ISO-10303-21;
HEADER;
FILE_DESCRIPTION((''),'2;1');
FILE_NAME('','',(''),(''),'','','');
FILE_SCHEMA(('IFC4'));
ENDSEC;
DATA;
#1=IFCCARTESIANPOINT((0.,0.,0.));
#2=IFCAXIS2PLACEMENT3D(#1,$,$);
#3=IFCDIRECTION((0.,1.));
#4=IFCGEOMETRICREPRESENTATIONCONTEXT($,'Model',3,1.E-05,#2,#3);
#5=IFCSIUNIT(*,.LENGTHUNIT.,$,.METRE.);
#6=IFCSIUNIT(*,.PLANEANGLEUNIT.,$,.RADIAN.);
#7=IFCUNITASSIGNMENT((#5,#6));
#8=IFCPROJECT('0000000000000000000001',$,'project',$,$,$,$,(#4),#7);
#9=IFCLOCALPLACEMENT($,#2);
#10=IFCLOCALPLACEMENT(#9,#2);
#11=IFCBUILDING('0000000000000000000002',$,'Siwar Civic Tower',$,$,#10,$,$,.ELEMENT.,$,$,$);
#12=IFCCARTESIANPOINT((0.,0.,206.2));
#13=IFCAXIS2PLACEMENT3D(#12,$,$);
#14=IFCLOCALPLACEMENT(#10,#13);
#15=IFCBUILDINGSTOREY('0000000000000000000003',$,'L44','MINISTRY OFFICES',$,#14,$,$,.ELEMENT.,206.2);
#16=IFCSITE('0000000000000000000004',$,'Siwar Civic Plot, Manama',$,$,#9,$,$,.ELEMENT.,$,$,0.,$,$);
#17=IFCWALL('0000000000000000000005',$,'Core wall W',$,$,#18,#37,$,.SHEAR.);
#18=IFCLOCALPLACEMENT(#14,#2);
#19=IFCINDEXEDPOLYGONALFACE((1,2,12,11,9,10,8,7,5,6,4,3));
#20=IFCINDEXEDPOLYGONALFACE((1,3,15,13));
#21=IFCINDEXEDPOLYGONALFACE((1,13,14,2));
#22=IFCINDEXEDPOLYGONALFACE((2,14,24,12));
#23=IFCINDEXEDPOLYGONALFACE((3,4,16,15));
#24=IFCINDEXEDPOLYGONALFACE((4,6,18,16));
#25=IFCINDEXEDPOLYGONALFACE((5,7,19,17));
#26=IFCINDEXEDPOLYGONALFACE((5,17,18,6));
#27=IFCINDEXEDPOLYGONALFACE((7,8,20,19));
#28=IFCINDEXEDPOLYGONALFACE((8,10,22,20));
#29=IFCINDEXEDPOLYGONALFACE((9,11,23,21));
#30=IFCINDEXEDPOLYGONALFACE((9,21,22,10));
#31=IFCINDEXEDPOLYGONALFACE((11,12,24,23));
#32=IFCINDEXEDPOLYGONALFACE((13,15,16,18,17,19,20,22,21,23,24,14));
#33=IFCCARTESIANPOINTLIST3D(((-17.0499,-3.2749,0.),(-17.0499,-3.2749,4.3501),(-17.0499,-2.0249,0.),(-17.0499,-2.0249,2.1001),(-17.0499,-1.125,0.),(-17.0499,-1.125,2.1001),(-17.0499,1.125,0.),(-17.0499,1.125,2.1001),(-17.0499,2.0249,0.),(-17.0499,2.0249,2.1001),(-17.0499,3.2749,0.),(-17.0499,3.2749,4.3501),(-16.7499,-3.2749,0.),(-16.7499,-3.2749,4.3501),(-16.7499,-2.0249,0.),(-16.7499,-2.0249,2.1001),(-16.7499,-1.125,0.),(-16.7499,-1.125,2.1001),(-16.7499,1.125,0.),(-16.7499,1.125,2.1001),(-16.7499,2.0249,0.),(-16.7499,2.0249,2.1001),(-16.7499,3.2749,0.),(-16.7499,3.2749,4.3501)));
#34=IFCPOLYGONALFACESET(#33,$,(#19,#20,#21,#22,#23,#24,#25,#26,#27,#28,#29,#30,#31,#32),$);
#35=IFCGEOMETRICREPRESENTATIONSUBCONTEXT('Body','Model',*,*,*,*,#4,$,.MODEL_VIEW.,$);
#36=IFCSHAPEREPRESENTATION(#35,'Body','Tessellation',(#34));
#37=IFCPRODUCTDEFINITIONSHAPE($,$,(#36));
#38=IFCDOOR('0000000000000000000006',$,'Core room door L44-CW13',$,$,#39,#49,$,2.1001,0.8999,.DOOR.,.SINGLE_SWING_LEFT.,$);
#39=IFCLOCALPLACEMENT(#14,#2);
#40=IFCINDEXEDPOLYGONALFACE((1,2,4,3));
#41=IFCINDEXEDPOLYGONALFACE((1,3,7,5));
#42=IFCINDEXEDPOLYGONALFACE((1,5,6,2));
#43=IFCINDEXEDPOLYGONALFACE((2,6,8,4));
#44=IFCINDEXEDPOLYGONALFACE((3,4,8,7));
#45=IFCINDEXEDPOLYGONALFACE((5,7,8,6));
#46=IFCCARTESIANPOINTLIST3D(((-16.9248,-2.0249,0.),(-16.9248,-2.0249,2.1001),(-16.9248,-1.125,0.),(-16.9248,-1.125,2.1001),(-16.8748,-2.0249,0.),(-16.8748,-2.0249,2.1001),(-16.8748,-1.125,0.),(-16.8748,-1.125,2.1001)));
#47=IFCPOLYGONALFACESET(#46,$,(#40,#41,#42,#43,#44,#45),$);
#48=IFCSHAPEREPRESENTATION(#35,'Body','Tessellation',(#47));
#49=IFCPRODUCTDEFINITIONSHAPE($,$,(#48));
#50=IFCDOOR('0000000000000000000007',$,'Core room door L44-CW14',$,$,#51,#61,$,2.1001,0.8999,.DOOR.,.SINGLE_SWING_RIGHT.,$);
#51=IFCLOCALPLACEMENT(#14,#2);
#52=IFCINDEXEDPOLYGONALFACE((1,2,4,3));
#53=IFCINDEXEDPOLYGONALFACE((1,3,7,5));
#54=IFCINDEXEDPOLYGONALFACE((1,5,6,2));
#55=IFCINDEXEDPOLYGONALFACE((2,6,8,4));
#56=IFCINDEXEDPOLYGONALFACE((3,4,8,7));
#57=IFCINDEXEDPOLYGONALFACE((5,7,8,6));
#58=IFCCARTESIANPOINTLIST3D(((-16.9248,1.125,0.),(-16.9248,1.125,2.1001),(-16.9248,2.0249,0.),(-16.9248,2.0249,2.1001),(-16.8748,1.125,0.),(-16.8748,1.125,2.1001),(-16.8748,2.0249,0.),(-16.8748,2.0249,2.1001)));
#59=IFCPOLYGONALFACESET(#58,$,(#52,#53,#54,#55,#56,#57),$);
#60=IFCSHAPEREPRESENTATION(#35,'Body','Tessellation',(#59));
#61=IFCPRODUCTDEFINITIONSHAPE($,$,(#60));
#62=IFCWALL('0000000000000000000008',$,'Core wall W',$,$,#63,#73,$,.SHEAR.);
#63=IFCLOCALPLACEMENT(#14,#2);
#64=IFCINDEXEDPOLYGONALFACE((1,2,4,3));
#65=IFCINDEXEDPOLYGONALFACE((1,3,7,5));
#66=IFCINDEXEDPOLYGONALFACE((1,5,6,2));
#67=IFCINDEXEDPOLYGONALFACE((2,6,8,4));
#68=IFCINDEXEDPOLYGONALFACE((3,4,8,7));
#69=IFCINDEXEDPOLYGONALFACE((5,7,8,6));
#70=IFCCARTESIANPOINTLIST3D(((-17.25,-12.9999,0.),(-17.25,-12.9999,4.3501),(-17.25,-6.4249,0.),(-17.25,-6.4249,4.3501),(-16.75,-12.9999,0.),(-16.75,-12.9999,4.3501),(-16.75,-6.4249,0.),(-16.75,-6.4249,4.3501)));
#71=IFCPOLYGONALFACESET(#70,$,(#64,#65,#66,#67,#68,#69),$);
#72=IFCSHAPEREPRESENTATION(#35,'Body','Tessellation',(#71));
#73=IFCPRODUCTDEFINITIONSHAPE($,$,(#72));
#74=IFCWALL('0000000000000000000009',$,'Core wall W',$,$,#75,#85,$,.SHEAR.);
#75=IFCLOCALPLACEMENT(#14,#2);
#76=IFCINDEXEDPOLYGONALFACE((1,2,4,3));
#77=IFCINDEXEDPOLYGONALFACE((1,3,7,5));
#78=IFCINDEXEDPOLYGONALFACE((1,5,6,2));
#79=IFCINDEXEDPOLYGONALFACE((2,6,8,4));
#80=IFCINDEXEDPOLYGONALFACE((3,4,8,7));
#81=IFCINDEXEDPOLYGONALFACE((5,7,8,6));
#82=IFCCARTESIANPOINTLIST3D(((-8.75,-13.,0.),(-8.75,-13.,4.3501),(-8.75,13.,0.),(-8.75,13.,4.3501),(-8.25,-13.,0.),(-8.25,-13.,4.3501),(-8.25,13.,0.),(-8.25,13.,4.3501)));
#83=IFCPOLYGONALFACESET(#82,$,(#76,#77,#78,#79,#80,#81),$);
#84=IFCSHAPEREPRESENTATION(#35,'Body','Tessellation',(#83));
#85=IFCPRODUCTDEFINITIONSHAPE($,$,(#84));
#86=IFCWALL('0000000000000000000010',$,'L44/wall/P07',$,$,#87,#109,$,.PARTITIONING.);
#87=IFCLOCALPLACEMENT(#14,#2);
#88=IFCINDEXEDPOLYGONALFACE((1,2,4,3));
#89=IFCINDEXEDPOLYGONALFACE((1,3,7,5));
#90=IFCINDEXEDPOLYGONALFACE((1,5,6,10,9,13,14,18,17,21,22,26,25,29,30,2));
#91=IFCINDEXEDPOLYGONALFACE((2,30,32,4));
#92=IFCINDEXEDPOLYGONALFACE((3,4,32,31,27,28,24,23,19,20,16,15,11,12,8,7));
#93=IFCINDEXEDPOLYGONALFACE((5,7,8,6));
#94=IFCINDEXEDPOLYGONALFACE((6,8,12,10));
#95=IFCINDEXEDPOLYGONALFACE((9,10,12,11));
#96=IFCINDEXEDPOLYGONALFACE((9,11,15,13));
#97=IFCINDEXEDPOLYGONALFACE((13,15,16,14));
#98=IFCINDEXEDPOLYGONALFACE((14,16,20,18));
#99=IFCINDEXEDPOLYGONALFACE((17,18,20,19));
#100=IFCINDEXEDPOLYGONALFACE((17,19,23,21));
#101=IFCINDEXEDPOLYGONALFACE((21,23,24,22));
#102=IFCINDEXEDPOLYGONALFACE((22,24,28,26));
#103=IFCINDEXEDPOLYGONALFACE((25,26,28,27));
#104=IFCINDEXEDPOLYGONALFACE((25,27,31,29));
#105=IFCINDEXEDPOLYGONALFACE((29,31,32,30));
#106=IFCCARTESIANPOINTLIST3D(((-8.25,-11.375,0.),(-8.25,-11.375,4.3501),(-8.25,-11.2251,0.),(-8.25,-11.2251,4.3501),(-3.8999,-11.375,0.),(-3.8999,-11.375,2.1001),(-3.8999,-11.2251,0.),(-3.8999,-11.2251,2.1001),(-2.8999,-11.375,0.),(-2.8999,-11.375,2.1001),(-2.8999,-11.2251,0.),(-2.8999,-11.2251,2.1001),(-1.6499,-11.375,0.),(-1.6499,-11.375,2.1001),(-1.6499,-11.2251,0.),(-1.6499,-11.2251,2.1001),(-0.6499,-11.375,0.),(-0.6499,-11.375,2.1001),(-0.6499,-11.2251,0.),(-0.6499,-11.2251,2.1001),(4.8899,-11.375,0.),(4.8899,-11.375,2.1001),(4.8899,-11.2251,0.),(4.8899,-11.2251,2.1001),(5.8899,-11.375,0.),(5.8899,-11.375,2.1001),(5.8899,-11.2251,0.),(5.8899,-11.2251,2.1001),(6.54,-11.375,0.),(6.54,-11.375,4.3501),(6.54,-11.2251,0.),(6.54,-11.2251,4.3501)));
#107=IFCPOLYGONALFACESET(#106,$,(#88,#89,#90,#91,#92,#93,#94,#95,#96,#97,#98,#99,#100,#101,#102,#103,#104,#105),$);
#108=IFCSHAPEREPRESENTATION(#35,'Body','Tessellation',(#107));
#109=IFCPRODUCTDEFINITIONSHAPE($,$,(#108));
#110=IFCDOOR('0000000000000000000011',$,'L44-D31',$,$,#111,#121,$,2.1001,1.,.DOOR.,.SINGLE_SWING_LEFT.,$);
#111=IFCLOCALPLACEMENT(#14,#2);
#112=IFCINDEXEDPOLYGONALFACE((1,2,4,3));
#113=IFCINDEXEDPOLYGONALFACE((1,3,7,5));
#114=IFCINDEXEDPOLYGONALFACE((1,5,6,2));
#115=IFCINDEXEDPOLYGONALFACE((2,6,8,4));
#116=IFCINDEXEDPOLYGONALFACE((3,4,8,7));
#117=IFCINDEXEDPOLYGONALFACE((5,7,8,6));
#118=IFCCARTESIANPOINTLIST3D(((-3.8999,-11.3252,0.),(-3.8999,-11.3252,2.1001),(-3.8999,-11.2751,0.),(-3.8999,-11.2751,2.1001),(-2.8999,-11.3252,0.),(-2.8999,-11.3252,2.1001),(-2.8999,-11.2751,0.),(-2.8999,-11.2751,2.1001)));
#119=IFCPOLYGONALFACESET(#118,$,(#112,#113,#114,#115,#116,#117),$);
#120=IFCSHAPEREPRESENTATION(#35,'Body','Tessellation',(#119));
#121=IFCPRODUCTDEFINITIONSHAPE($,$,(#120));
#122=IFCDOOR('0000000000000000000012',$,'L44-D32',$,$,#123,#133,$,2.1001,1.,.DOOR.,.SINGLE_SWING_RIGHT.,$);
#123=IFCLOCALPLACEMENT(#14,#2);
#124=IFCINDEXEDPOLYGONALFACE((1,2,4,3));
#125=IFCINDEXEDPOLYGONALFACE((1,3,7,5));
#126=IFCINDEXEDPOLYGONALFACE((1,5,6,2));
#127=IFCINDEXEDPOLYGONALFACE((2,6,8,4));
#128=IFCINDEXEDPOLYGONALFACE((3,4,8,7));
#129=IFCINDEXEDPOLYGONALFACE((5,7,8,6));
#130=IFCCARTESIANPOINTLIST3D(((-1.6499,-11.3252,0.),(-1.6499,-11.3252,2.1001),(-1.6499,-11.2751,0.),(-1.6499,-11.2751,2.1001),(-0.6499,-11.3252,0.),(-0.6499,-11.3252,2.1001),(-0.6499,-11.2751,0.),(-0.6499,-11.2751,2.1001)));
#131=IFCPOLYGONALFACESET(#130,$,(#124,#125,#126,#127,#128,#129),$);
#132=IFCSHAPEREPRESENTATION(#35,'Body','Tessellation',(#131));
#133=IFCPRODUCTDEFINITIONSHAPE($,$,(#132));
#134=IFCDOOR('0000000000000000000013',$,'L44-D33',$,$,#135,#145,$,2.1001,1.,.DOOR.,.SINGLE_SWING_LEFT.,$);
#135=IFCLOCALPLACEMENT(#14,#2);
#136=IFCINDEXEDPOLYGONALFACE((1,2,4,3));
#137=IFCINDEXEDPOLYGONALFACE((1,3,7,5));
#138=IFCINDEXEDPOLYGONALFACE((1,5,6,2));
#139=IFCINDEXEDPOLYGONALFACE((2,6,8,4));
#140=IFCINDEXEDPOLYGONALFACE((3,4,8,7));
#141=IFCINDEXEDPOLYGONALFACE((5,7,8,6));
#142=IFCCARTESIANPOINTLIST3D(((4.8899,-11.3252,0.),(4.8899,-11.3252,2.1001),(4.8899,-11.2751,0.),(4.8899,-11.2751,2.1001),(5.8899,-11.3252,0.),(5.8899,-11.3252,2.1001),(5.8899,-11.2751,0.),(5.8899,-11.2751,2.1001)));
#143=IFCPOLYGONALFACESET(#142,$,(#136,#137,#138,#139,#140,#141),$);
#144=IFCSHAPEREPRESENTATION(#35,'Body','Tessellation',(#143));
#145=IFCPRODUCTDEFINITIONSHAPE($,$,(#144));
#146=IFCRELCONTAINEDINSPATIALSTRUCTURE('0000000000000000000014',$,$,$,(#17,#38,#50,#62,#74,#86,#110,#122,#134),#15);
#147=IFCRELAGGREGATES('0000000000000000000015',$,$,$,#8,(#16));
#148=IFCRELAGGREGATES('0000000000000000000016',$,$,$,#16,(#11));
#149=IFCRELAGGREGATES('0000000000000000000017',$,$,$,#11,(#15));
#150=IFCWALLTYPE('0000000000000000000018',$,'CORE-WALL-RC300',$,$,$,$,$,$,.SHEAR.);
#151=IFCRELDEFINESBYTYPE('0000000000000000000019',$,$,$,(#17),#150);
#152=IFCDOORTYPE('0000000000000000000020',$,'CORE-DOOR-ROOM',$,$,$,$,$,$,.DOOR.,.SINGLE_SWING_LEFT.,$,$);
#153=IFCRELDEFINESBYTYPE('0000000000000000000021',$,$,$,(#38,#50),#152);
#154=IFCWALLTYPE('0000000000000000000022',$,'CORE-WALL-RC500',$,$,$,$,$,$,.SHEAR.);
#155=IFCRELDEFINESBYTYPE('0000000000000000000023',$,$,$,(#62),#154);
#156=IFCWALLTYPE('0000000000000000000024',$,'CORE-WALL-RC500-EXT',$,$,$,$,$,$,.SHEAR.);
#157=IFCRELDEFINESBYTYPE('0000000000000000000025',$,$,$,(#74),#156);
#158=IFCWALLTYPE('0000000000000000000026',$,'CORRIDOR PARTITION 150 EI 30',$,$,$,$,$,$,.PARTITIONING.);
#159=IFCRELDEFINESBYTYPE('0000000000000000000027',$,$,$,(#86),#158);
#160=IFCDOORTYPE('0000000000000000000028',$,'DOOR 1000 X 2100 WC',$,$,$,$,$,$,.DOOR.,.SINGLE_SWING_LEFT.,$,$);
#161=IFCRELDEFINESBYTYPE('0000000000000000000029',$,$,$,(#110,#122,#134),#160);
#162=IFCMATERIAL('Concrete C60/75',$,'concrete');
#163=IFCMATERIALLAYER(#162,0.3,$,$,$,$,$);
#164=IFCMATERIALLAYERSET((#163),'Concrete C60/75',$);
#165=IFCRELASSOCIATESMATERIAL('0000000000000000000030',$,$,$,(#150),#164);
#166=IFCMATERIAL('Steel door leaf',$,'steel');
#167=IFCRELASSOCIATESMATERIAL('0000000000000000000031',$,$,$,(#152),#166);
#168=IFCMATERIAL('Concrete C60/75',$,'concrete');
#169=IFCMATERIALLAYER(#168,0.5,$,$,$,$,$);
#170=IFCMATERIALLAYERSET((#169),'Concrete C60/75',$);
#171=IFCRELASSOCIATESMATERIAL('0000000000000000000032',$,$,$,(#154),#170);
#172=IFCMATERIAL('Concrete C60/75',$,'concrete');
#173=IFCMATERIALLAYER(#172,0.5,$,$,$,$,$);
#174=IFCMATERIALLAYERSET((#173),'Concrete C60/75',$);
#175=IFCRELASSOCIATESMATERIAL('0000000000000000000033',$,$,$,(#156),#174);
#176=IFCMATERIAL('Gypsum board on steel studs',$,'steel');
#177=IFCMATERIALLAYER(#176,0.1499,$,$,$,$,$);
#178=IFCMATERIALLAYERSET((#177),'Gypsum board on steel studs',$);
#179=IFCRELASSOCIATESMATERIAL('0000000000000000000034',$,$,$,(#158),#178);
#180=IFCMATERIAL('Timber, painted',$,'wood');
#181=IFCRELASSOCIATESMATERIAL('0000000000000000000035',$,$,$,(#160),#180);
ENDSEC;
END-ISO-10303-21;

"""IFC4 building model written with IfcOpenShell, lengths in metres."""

from ifc_helpers import new_model, si_unit, direction, frame, frame_2d, origin, place, context, subcontext, project, spatial, rectangle, extrude, material, layer, layer_set, type_object, element, fill, save


model = new_model("IFC4")

# Units and contexts
model_context = context("Model", 3, precision=1e-05, world=origin(), true_north=direction((0.0, 1.0)))
body_context = subcontext(model_context, "Body", "Model", "MODEL_VIEW")
ifc_project = project(units=[si_unit("LENGTHUNIT", "METRE"), si_unit("PLANEANGLEUNIT", "RADIAN")], contexts=[model_context])

# Site, building, storey
site_placement = place(None, origin())
site = spatial("IfcSite", under=ifc_project, at=site_placement, Name="Siwar Civic Plot, Manama", CompositionType="ELEMENT", RefElevation=0.0)
building_placement = place(site_placement, origin())
building = spatial("IfcBuilding", under=site, at=building_placement, Name="Siwar Civic Tower", CompositionType="ELEMENT")
storey_placement = place(building_placement, frame((0.0, 0.0, 206.2)))
storey = spatial("IfcBuildingStorey", under=building, at=storey_placement, Name="L44", Description="MINISTRY OFFICES", CompositionType="ELEMENT", Elevation=206.2)

# Wall, openings, doors
ifc_material_1 = material(Name="Concrete C60/75", Category="concrete")
ifc_layer_1 = layer(ifc_material_1, 0.3)
ifc_layer_set_1 = layer_set([ifc_layer_1], Name="Concrete C60/75")
wall_type_1 = type_object("IfcWallType", Name="CORE-WALL-RC300", PredefinedType="SHEAR", material=ifc_layer_set_1)
wall_1_placement = place(storey_placement, frame((-16.8999, -3.2749, 0.0), z_axis=(0.0, 0.0, 1.0), x_axis=(0.0, 1.0, 0.0)))
wall_1 = element("IfcWall", 1, at=wall_1_placement, inside=storey, type_object=wall_type_1, Name="Core wall W", PredefinedType="SHEAR", context=body_context, shape_type="SweptSolid", body=[
    extrude(rectangle(XDim=6.5498, YDim=0.3, at=frame_2d((3.2749, 0.0))), origin(), (0.0, 0.0, 1.0), 4.3501),
])
opening_1_placement = place(wall_1_placement, frame((1.25, 0.0, 0.0)))
opening_1 = element("IfcOpeningElement", 2, at=opening_1_placement, cuts=wall_1, PredefinedType="OPENING", context=body_context, shape_type="SweptSolid", body=[
    extrude(rectangle(XDim=0.8999, YDim=2.1001, at=frame_2d((0.45, 1.05))), frame((0.0, 0.1602, 0.0), z_axis=(0.0, -1.0, 0.0), x_axis=(1.0, 0.0, 0.0)), (0.0, 0.0, 1.0), 0.3201),
])
opening_2_placement = place(wall_1_placement, frame((4.3999, 0.0, 0.0)))
opening_2 = element("IfcOpeningElement", 3, at=opening_2_placement, cuts=wall_1, PredefinedType="OPENING", context=body_context, shape_type="SweptSolid", body=[
    extrude(rectangle(XDim=0.8999, YDim=2.1001, at=frame_2d((0.45, 1.05))), frame((0.0, 0.1602, 0.0), z_axis=(0.0, -1.0, 0.0), x_axis=(1.0, 0.0, 0.0)), (0.0, 0.0, 1.0), 0.3201),
])
ifc_material_2 = material(Name="Steel door leaf", Category="steel")
door_type_1 = type_object("IfcDoorType", Name="CORE-DOOR-ROOM", OperationType="SINGLE_SWING_LEFT", PredefinedType="DOOR", material=ifc_material_2)
door_1_placement = place(opening_1_placement, origin())
door_1 = element("IfcDoor", 4, at=door_1_placement, inside=storey, type_object=door_type_1, Name="Core room door L44-CW13", OperationType="SINGLE_SWING_LEFT", OverallHeight=2.1001, OverallWidth=0.8999, PredefinedType="DOOR", context=body_context, shape_type="SweptSolid", body=[
    extrude(rectangle(XDim=0.8999, YDim=2.1001, at=frame_2d((0.45, 1.05))), frame((0.0, 0.0249, 0.0), z_axis=(0.0, -1.0, 0.0), x_axis=(1.0, 0.0, 0.0)), (0.0, 0.0, 1.0), 0.05),
])
fill(opening_1, door_1)
door_2_placement = place(opening_2_placement, origin())
door_2 = element("IfcDoor", 5, at=door_2_placement, inside=storey, type_object=door_type_1, Name="Core room door L44-CW14", OperationType="SINGLE_SWING_RIGHT", OverallHeight=2.1001, OverallWidth=0.8999, PredefinedType="DOOR", context=body_context, shape_type="SweptSolid", body=[
    extrude(rectangle(XDim=0.8999, YDim=2.1001, at=frame_2d((0.45, 1.05))), frame((0.0, 0.0249, 0.0), z_axis=(0.0, -1.0, 0.0), x_axis=(1.0, 0.0, 0.0)), (0.0, 0.0, 1.0), 0.05),
])
fill(opening_2, door_2)

# Walls
ifc_material_3 = material(Name="Concrete C60/75", Category="concrete")
ifc_layer_2 = layer(ifc_material_3, 0.5)
ifc_layer_set_2 = layer_set([ifc_layer_2], Name="Concrete C60/75")
wall_type_2 = type_object("IfcWallType", Name="CORE-WALL-RC500", PredefinedType="SHEAR", material=ifc_layer_set_2)
wall_2_placement = place(storey_placement, frame((-17.0, -13.0, 0.0), z_axis=(0.0, 0.0, 1.0), x_axis=(0.0, 1.0, 0.0)))
element("IfcWall", 6, at=wall_2_placement, inside=storey, type_object=wall_type_2, Name="Core wall W", PredefinedType="SHEAR", context=body_context, shape_type="SweptSolid", body=[
    extrude(rectangle(XDim=6.575, YDim=0.5, at=frame_2d((3.2876, 0.0))), origin(), (0.0, 0.0, 1.0), 4.3501),
])
ifc_material_4 = material(Name="Concrete C60/75", Category="concrete")
ifc_layer_3 = layer(ifc_material_4, 0.5)
ifc_layer_set_3 = layer_set([ifc_layer_3], Name="Concrete C60/75")
wall_type_3 = type_object("IfcWallType", Name="CORE-WALL-RC500-EXT", PredefinedType="SHEAR", material=ifc_layer_set_3)
wall_3_placement = place(storey_placement, frame((-8.5, -13.0, 0.0), z_axis=(0.0, 0.0, 1.0), x_axis=(0.0, 1.0, 0.0)))
element("IfcWall", 7, at=wall_3_placement, inside=storey, type_object=wall_type_3, Name="Core wall W", PredefinedType="SHEAR", context=body_context, shape_type="SweptSolid", body=[
    extrude(rectangle(XDim=26.0, YDim=0.5, at=frame_2d((13.0, 0.0))), origin(), (0.0, 0.0, 1.0), 4.3501),
])

# Wall, openings, doors
ifc_material_5 = material(Name="Gypsum board on steel studs", Category="steel")
ifc_layer_4 = layer(ifc_material_5, 0.1499)
ifc_layer_set_4 = layer_set([ifc_layer_4], Name="Gypsum board on steel studs")
wall_type_4 = type_object("IfcWallType", Name="CORRIDOR PARTITION 150 EI 30", PredefinedType="PARTITIONING", material=ifc_layer_set_4)
wall_4_placement = place(storey_placement, frame((-8.25, -11.3, 0.0), z_axis=(0.0, 0.0, 1.0), x_axis=(1.0, 0.0, 0.0)))
wall_4 = element("IfcWall", 8, at=wall_4_placement, inside=storey, type_object=wall_type_4, Name="L44/wall/P07", PredefinedType="PARTITIONING", context=body_context, shape_type="SweptSolid", body=[
    extrude(rectangle(XDim=14.79, YDim=0.1499, at=frame_2d((7.395, 0.0))), origin(), (0.0, 0.0, 1.0), 4.3501),
])
opening_3_placement = place(wall_4_placement, frame((4.3501, 0.0, 0.0)))
opening_3 = element("IfcOpeningElement", 9, at=opening_3_placement, cuts=wall_4, PredefinedType="OPENING", context=body_context, shape_type="SweptSolid", body=[
    extrude(rectangle(XDim=1.0, YDim=2.1001, at=frame_2d((0.5, 1.05))), frame((0.0, 0.085, 0.0), z_axis=(0.0, -1.0, 0.0), x_axis=(1.0, 0.0, 0.0)), (0.0, 0.0, 1.0), 0.1699),
])
opening_4_placement = place(wall_4_placement, frame((6.6001, 0.0, 0.0)))
opening_4 = element("IfcOpeningElement", 10, at=opening_4_placement, cuts=wall_4, PredefinedType="OPENING", context=body_context, shape_type="SweptSolid", body=[
    extrude(rectangle(XDim=1.0, YDim=2.1001, at=frame_2d((0.5, 1.05))), frame((0.0, 0.085, 0.0), z_axis=(0.0, -1.0, 0.0), x_axis=(1.0, 0.0, 0.0)), (0.0, 0.0, 1.0), 0.1699),
])
opening_5_placement = place(wall_4_placement, frame((13.1399, 0.0, 0.0)))
opening_5 = element("IfcOpeningElement", 11, at=opening_5_placement, cuts=wall_4, PredefinedType="OPENING", context=body_context, shape_type="SweptSolid", body=[
    extrude(rectangle(XDim=1.0, YDim=2.1001, at=frame_2d((0.5, 1.05))), frame((0.0, 0.085, 0.0), z_axis=(0.0, -1.0, 0.0), x_axis=(1.0, 0.0, 0.0)), (0.0, 0.0, 1.0), 0.1699),
])
ifc_material_6 = material(Name="Timber, painted", Category="wood")
door_type_2 = type_object("IfcDoorType", Name="DOOR 1000 X 2100 WC", OperationType="SINGLE_SWING_LEFT", PredefinedType="DOOR", material=ifc_material_6)
door_3_placement = place(opening_3_placement, origin())
door_3 = element("IfcDoor", 12, at=door_3_placement, inside=storey, type_object=door_type_2, Name="L44-D31", OperationType="SINGLE_SWING_LEFT", OverallHeight=2.1001, OverallWidth=1.0, PredefinedType="DOOR", context=body_context, shape_type="SweptSolid", body=[
    extrude(rectangle(XDim=1.0, YDim=2.1001, at=frame_2d((0.5, 1.05))), frame((0.0, 0.0249, 0.0), z_axis=(0.0, -1.0, 0.0), x_axis=(1.0, 0.0, 0.0)), (0.0, 0.0, 1.0), 0.05),
])
fill(opening_3, door_3)
door_4_placement = place(opening_4_placement, origin())
door_4 = element("IfcDoor", 13, at=door_4_placement, inside=storey, type_object=door_type_2, Name="L44-D32", OperationType="SINGLE_SWING_RIGHT", OverallHeight=2.1001, OverallWidth=1.0, PredefinedType="DOOR", context=body_context, shape_type="SweptSolid", body=[
    extrude(rectangle(XDim=1.0, YDim=2.1001, at=frame_2d((0.5, 1.05))), frame((0.0, 0.0249, 0.0), z_axis=(0.0, -1.0, 0.0), x_axis=(1.0, 0.0, 0.0)), (0.0, 0.0, 1.0), 0.05),
])
fill(opening_4, door_4)
door_5_placement = place(opening_5_placement, origin())
door_5 = element("IfcDoor", 14, at=door_5_placement, inside=storey, type_object=door_type_2, Name="L44-D33", OperationType="SINGLE_SWING_LEFT", OverallHeight=2.1001, OverallWidth=1.0, PredefinedType="DOOR", context=body_context, shape_type="SweptSolid", body=[
    extrude(rectangle(XDim=1.0, YDim=2.1001, at=frame_2d((0.5, 1.05))), frame((0.0, 0.0249, 0.0), z_axis=(0.0, -1.0, 0.0), x_axis=(1.0, 0.0, 0.0)), (0.0, 0.0, 1.0), 0.05),
])
fill(opening_5, door_5)

save(model, "model.ifc")
